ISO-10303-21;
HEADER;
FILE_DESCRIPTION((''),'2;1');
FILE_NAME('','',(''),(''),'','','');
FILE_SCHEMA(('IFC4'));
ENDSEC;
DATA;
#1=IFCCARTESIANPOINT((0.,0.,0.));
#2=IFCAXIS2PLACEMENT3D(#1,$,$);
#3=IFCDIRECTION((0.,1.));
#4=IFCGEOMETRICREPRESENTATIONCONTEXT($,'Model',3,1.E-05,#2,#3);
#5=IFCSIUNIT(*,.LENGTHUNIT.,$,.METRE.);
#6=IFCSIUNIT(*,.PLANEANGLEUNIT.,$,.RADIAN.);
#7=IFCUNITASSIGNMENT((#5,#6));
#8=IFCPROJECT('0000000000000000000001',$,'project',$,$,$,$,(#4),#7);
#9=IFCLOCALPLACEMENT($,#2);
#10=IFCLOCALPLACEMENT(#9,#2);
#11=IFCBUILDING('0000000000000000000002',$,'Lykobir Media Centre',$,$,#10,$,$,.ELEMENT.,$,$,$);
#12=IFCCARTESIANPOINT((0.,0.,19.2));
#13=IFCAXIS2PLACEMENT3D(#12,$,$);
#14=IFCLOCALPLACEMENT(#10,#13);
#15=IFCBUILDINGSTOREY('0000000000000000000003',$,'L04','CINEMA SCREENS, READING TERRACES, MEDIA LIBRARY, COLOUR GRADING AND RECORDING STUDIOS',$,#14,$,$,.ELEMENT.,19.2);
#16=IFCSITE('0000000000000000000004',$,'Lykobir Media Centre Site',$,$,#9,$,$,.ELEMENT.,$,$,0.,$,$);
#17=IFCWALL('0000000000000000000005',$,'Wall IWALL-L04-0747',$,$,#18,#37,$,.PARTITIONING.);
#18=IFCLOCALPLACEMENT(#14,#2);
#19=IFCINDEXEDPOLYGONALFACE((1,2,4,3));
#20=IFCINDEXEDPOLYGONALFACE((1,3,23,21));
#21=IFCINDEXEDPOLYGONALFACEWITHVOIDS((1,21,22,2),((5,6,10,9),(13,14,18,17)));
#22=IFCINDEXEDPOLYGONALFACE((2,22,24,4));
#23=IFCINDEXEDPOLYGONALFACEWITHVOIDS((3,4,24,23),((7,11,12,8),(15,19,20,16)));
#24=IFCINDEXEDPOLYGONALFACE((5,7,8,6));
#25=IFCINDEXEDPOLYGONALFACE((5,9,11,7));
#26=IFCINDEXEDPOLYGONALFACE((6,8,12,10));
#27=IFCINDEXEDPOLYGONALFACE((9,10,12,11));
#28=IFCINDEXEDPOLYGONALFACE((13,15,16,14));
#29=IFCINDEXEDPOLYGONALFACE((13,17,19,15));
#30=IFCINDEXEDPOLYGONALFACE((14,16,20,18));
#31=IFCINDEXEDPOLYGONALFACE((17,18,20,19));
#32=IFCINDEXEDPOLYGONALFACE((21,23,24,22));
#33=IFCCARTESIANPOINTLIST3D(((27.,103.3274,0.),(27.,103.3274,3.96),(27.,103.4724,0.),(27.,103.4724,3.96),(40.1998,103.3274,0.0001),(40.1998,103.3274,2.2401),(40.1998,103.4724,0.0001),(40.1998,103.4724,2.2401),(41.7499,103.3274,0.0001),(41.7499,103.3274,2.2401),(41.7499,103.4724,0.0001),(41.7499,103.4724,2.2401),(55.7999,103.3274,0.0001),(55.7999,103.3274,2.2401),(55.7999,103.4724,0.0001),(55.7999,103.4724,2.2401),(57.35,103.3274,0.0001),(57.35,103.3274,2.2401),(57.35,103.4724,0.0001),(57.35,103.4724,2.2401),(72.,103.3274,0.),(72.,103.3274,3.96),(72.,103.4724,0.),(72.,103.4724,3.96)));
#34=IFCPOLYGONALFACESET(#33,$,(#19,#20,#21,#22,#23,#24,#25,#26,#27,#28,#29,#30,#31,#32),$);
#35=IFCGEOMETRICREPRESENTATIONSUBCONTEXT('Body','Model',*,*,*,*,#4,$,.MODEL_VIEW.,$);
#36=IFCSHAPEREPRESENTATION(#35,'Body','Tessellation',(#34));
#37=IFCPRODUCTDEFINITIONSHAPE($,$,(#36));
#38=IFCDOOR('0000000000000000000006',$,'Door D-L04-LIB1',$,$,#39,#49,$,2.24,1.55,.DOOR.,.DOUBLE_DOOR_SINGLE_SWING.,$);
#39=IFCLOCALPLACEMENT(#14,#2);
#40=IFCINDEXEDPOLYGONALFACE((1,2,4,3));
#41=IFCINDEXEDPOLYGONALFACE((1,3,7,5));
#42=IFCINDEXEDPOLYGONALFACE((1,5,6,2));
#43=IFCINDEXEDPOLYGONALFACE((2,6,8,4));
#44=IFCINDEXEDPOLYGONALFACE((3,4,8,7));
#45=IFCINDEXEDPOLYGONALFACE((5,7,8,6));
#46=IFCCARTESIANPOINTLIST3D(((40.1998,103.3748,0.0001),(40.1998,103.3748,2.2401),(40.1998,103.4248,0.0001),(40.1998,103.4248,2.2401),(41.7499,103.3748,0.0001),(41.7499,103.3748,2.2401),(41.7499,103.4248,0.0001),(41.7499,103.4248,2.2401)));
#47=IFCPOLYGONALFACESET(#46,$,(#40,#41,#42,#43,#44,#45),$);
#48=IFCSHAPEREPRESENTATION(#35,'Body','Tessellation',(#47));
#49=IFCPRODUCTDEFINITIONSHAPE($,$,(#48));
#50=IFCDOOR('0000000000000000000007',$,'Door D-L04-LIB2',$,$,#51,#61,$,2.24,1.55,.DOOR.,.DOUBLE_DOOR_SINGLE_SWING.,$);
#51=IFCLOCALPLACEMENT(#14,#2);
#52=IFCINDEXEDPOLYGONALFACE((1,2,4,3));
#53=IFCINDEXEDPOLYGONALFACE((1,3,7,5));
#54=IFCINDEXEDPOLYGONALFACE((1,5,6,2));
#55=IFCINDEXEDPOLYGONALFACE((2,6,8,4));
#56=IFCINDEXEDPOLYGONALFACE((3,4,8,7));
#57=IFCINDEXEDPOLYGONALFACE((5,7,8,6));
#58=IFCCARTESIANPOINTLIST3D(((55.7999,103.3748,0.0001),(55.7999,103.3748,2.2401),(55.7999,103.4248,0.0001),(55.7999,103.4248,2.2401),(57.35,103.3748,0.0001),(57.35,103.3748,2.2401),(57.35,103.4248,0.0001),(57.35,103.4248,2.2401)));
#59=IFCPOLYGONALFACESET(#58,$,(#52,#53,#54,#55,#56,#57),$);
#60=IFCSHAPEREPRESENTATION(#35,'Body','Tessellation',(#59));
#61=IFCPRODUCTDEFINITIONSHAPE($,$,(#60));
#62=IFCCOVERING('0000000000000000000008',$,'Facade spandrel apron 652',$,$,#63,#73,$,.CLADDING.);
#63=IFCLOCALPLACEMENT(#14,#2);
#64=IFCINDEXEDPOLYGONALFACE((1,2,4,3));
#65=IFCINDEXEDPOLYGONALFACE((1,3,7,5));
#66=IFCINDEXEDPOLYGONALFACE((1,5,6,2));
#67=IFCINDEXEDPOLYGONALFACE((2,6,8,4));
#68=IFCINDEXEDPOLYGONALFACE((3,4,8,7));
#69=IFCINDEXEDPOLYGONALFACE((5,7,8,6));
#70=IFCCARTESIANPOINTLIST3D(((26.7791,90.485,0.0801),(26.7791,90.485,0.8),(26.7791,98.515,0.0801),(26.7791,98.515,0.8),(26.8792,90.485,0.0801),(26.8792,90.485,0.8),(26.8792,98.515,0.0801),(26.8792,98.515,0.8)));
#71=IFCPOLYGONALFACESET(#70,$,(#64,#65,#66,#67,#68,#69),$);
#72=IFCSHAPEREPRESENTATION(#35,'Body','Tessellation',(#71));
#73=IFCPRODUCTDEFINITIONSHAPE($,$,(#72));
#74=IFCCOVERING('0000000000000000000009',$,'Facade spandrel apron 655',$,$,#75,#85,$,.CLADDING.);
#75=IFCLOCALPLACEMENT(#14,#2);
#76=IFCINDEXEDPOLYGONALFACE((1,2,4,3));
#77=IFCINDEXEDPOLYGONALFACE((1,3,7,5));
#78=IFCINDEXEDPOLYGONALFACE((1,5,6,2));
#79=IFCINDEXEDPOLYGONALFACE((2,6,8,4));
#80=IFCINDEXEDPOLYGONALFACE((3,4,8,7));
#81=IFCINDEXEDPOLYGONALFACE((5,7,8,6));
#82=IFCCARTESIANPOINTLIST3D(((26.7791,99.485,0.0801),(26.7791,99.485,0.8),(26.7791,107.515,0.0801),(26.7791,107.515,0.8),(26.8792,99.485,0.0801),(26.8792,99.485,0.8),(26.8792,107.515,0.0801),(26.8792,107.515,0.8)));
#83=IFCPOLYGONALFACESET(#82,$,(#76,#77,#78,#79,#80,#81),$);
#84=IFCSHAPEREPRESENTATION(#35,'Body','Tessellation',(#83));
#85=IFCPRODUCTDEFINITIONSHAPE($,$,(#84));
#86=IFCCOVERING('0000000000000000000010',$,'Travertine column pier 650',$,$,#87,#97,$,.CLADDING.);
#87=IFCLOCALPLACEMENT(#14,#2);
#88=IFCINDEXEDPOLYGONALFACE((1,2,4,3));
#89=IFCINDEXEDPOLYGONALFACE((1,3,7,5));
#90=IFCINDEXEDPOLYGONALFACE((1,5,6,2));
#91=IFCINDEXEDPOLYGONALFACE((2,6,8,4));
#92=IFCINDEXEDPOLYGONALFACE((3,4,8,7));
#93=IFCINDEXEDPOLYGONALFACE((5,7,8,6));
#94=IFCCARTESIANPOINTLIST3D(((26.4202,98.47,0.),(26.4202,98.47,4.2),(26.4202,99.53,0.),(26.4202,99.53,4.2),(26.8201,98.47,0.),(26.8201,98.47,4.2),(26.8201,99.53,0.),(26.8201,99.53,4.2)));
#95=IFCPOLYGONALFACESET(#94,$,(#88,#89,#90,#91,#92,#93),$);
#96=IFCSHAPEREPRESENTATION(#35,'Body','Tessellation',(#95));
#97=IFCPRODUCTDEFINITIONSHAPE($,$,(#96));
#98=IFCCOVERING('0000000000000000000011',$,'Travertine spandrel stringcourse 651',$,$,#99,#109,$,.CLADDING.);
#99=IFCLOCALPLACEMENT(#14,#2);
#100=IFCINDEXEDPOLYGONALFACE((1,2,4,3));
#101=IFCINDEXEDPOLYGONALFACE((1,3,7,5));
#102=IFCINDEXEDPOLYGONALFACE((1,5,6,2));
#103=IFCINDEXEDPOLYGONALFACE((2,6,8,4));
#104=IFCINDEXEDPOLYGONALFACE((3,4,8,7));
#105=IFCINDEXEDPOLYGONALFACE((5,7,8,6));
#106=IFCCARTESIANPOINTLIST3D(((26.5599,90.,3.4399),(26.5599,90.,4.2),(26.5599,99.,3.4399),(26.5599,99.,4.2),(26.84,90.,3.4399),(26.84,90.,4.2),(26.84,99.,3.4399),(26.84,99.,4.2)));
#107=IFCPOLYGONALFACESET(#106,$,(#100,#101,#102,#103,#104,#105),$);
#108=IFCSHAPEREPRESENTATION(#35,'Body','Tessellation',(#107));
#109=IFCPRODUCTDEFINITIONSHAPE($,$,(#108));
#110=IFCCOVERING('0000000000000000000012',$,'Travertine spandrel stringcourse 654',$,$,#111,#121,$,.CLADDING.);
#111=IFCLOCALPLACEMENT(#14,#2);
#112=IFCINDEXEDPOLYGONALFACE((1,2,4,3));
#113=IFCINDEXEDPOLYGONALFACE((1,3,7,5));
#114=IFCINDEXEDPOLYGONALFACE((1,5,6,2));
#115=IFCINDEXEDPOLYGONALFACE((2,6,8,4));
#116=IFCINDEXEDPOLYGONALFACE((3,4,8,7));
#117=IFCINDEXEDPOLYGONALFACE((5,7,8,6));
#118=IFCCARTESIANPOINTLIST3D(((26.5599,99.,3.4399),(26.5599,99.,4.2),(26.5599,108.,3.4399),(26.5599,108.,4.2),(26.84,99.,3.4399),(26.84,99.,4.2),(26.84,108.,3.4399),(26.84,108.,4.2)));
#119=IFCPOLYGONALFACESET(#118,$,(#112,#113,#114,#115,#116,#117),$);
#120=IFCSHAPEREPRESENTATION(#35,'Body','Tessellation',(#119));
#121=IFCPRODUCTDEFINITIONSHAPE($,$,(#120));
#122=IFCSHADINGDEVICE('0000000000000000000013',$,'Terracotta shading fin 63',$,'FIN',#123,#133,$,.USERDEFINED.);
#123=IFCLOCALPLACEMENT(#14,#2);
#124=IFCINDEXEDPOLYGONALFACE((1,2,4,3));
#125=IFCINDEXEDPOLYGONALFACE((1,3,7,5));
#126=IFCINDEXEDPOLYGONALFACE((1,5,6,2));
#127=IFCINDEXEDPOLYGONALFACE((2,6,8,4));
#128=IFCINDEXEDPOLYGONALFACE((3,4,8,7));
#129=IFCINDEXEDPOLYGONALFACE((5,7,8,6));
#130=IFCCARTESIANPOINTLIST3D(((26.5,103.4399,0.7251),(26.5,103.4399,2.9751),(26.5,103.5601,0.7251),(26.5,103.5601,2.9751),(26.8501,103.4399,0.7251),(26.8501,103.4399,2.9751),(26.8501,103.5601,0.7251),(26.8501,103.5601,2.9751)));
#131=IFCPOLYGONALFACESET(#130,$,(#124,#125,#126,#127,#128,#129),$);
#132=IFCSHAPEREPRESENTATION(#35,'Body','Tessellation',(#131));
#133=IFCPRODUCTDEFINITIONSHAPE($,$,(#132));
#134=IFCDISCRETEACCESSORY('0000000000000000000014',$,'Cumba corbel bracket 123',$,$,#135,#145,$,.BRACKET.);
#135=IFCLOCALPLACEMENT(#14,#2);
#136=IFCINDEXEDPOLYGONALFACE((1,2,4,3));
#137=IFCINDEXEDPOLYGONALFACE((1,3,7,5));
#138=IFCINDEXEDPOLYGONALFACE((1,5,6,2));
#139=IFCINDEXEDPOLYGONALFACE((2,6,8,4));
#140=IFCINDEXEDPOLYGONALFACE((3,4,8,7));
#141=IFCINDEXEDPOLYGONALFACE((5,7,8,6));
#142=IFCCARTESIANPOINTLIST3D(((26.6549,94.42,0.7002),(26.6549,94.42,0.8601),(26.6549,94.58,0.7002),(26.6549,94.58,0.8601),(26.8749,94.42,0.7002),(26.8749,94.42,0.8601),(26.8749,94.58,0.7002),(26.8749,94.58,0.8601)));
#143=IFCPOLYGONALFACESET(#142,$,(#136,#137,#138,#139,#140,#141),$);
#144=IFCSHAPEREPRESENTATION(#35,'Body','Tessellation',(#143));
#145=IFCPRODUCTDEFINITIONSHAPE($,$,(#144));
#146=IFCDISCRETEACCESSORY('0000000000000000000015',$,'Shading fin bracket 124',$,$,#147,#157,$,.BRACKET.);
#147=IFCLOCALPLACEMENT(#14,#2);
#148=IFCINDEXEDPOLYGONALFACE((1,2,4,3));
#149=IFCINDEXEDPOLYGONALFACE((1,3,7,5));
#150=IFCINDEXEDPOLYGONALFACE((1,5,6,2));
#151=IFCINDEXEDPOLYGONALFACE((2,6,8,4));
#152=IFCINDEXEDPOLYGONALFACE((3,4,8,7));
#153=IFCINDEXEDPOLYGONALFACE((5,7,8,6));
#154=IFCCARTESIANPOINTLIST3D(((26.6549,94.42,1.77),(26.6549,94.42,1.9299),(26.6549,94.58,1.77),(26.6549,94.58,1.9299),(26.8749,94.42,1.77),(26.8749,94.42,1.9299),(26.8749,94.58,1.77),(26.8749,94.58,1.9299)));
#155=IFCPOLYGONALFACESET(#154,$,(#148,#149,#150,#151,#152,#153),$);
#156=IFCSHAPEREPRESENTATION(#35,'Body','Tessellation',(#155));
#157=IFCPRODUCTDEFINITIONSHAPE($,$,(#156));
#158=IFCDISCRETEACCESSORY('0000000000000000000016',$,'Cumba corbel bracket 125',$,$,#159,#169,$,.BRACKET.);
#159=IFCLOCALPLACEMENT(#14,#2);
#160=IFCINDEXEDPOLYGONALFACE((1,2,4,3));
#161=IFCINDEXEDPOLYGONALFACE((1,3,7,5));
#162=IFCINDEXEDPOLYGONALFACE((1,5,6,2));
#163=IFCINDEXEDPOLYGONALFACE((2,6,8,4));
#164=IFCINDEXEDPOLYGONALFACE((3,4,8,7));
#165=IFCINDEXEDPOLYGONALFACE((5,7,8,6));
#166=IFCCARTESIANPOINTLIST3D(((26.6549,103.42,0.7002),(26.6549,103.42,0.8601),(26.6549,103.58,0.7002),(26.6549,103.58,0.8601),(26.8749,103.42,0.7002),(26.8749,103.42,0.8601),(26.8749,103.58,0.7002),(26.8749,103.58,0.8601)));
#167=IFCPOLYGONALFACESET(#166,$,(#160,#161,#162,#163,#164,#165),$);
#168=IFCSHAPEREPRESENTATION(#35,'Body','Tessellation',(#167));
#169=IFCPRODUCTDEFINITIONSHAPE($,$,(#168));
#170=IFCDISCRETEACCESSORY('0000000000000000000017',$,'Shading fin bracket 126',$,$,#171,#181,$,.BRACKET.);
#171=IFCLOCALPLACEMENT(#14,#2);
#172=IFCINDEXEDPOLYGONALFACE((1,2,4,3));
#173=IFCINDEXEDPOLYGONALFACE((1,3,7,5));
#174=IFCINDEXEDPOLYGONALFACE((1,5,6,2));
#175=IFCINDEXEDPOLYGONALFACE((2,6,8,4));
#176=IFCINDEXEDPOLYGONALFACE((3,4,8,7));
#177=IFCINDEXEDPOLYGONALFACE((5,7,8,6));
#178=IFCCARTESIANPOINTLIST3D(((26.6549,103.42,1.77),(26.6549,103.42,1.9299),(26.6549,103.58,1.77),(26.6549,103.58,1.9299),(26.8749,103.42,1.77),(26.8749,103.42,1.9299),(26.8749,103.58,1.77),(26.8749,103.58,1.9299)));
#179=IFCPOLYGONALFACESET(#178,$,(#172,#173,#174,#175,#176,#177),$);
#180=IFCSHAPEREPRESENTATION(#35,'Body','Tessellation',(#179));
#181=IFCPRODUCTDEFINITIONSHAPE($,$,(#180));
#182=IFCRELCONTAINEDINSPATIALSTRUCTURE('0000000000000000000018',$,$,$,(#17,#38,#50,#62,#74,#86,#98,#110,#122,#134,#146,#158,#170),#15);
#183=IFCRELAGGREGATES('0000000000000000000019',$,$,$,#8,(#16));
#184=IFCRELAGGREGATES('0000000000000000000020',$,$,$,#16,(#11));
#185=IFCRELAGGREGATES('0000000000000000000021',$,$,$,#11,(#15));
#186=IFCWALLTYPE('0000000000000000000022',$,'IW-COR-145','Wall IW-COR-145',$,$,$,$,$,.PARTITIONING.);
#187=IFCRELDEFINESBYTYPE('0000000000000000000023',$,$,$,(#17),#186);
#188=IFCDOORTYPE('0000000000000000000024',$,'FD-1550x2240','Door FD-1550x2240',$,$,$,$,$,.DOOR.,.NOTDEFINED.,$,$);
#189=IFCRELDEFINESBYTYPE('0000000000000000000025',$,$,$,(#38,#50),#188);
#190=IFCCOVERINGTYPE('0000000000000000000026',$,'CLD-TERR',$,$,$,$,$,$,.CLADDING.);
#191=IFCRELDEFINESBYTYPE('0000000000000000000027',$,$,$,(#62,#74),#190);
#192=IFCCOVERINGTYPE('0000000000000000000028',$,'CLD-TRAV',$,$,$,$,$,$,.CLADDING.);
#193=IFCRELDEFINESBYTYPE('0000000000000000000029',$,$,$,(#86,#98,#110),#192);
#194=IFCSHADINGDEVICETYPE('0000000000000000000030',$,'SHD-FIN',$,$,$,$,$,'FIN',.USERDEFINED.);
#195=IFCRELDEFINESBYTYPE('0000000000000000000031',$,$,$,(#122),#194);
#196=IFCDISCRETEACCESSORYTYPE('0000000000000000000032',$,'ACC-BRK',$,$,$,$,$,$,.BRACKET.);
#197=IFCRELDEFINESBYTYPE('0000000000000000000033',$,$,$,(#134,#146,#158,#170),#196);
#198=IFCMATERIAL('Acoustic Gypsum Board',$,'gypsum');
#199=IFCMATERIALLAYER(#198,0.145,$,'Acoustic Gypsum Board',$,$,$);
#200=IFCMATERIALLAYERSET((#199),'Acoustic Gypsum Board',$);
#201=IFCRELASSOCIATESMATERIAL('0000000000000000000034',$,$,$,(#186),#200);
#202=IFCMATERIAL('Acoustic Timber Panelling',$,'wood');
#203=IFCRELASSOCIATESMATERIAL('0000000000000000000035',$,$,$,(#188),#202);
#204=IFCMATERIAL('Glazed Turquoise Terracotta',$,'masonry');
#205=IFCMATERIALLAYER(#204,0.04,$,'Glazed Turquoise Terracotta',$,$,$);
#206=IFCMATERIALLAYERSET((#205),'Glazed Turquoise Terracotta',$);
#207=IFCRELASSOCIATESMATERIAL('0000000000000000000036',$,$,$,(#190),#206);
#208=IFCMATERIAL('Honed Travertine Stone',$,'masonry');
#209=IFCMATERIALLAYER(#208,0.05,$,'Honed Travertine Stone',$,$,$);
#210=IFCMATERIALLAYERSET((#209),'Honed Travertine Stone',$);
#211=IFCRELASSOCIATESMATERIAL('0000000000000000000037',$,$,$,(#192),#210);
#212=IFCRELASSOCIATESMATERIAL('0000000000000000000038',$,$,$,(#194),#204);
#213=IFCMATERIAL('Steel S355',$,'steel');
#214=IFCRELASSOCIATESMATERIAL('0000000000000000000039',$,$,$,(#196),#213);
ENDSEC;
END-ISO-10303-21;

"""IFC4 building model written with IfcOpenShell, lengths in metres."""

from ifc_helpers import new_model, si_unit, direction, frame, frame_2d, origin, origin_2d, place, context, subcontext, project, spatial, rectangle, extrude, material, layer, layer_set, type_object, element, fill, save


model = new_model("IFC4")

# Units and contexts
model_context = context("Model", 3, precision=1e-05, world=origin(), true_north=direction((0.0, 1.0)))
body_context = subcontext(model_context, "Body", "Model", "MODEL_VIEW")
ifc_project = project(units=[si_unit("LENGTHUNIT", "METRE"), si_unit("PLANEANGLEUNIT", "RADIAN")], contexts=[model_context])

# Site, building, storey
site_placement = place(None, origin())
site = spatial("IfcSite", under=ifc_project, at=site_placement, Name="Lykobir Media Centre Site", CompositionType="ELEMENT", RefElevation=0.0)
building_placement = place(site_placement, origin())
building = spatial("IfcBuilding", under=site, at=building_placement, Name="Lykobir Media Centre", CompositionType="ELEMENT")
storey_placement = place(building_placement, frame((0.0, 0.0, 19.2)))
storey = spatial("IfcBuildingStorey", under=building, at=storey_placement, Name="L04", Description="CINEMA SCREENS, READING TERRACES, MEDIA LIBRARY, COLOUR GRADING AND RECORDING STUDIOS", CompositionType="ELEMENT", Elevation=19.2)

# Shared definitions
ifc_material_1 = material(Name="Steel S355", Category="steel")

# Shared definitions
ifc_material_2 = material(Name="Glazed Turquoise Terracotta", Category="masonry")

# Wall, openings, doors
ifc_material_3 = material(Name="Acoustic Gypsum Board", Category="gypsum")
ifc_layer_1 = layer(ifc_material_3, 0.145, Name="Acoustic Gypsum Board")
ifc_layer_set_1 = layer_set([ifc_layer_1], Name="Acoustic Gypsum Board")
wall_type_1 = type_object("IfcWallType", Name="IW-COR-145", Description="Wall IW-COR-145", PredefinedType="PARTITIONING", material=ifc_layer_set_1)
wall_1_placement = place(storey_placement, frame((27.0, 103.3999, 0.0), z_axis=(0.0, 0.0, 1.0), x_axis=(1.0, 0.0, 0.0)))
wall_1 = element("IfcWall", 1, at=wall_1_placement, inside=storey, type_object=wall_type_1, Name="Wall IWALL-L04-0747", PredefinedType="PARTITIONING", context=body_context, shape_type="SweptSolid", body=[
    extrude(rectangle(XDim=45.0, YDim=0.145, at=frame_2d((22.5, 0.0))), origin(), (0.0, 0.0, 1.0), 3.96),
])
opening_1_placement = place(wall_1_placement, frame((13.2, 0.0, 0.0)))
opening_1 = element("IfcOpeningElement", 2, at=opening_1_placement, cuts=wall_1, PredefinedType="OPENING", context=body_context, shape_type="SweptSolid", body=[
    extrude(rectangle(XDim=1.55, YDim=2.24, at=frame_2d((0.7749, 1.1201))), frame((0.0, 0.0825, 0.0), z_axis=(0.0, -1.0, 0.0), x_axis=(1.0, 0.0, 0.0)), (0.0, 0.0, 1.0), 0.165),
])
opening_2_placement = place(wall_1_placement, frame((28.8, 0.0, 0.0)))
opening_2 = element("IfcOpeningElement", 3, at=opening_2_placement, cuts=wall_1, PredefinedType="OPENING", context=body_context, shape_type="SweptSolid", body=[
    extrude(rectangle(XDim=1.55, YDim=2.24, at=frame_2d((0.7749, 1.1201))), frame((0.0, 0.0825, 0.0), z_axis=(0.0, -1.0, 0.0), x_axis=(1.0, 0.0, 0.0)), (0.0, 0.0, 1.0), 0.165),
])
ifc_material_4 = material(Name="Acoustic Timber Panelling", Category="wood")
door_type = type_object("IfcDoorType", Name="FD-1550x2240", Description="Door FD-1550x2240", OperationType="NOTDEFINED", PredefinedType="DOOR", material=ifc_material_4)
door_1_placement = place(opening_1_placement, origin())
door_1 = element("IfcDoor", 4, at=door_1_placement, inside=storey, type_object=door_type, Name="Door D-L04-LIB1", OperationType="DOUBLE_DOOR_SINGLE_SWING", OverallHeight=2.24, OverallWidth=1.55, PredefinedType="DOOR", context=body_context, shape_type="SweptSolid", body=[
    extrude(rectangle(XDim=1.55, YDim=2.24, at=frame_2d((0.7749, 1.1201))), frame((0.0, 0.0249, 0.0), z_axis=(0.0, -1.0, 0.0), x_axis=(1.0, 0.0, 0.0)), (0.0, 0.0, 1.0), 0.05),
])
fill(opening_1, door_1)
door_2_placement = place(opening_2_placement, origin())
door_2 = element("IfcDoor", 5, at=door_2_placement, inside=storey, type_object=door_type, Name="Door D-L04-LIB2", OperationType="DOUBLE_DOOR_SINGLE_SWING", OverallHeight=2.24, OverallWidth=1.55, PredefinedType="DOOR", context=body_context, shape_type="SweptSolid", body=[
    extrude(rectangle(XDim=1.55, YDim=2.24, at=frame_2d((0.7749, 1.1201))), frame((0.0, 0.0249, 0.0), z_axis=(0.0, -1.0, 0.0), x_axis=(1.0, 0.0, 0.0)), (0.0, 0.0, 1.0), 0.05),
])
fill(opening_2, door_2)

# Coverings
ifc_layer_2 = layer(ifc_material_2, 0.04, Name="Glazed Turquoise Terracotta")
ifc_layer_set_2 = layer_set([ifc_layer_2], Name="Glazed Turquoise Terracotta")
covering_type_1 = type_object("IfcCoveringType", Name="CLD-TERR", PredefinedType="CLADDING", material=ifc_layer_set_2)
for number, where, z_axis, x_axis, name in (
    (6, (26.8291, 94.5, 0.0801), (0.0, 0.0, 1.0), (0.0, -1.0, 0.0), "Facade spandrel apron 652"),
    (7, (26.8291, 103.5, 0.0801), (0.0, 0.0, 1.0), (0.0, -1.0, 0.0), "Facade spandrel apron 655"),
):
    element("IfcCovering", number, at=place(storey_placement, frame(where, z_axis=z_axis, x_axis=x_axis)), inside=storey, type_object=covering_type_1, Name=name, PredefinedType="CLADDING", context=body_context, shape_type="SweptSolid", body=[
        extrude(rectangle(XDim=8.03, YDim=0.1001, at=origin_2d()), origin(), (0.0, 0.0, 1.0), 0.72),
    ])
ifc_material_5 = material(Name="Honed Travertine Stone", Category="masonry")
ifc_layer_3 = layer(ifc_material_5, 0.05, Name="Honed Travertine Stone")
ifc_layer_set_3 = layer_set([ifc_layer_3], Name="Honed Travertine Stone")
covering_type_2 = type_object("IfcCoveringType", Name="CLD-TRAV", PredefinedType="CLADDING", material=ifc_layer_set_3)
covering_placement = place(storey_placement, frame((26.6201, 99.0, 0.0), z_axis=(0.0, 0.0, 1.0), x_axis=(0.0, -1.0, 0.0)))
element("IfcCovering", 8, at=covering_placement, inside=storey, type_object=covering_type_2, Name="Travertine column pier 650", PredefinedType="CLADDING", context=body_context, shape_type="SweptSolid", body=[
    extrude(rectangle(XDim=1.0601, YDim=0.3999, at=origin_2d()), origin(), (0.0, 0.0, 1.0), 4.2),
])
for number, where, z_axis, x_axis, name in (
    (9, (26.7, 94.5, 3.4399), (0.0, 0.0, 1.0), (0.0, -1.0, 0.0), "Travertine spandrel stringcourse 651"),
    (10, (26.7, 103.5, 3.4399), (0.0, 0.0, 1.0), (0.0, -1.0, 0.0), "Travertine spandrel stringcourse 654"),
):
    element("IfcCovering", number, at=place(storey_placement, frame(where, z_axis=z_axis, x_axis=x_axis)), inside=storey, type_object=covering_type_2, Name=name, PredefinedType="CLADDING", context=body_context, shape_type="SweptSolid", body=[
        extrude(rectangle(XDim=9.0, YDim=0.28, at=origin_2d()), origin(), (0.0, 0.0, 1.0), 0.76),
    ])

# Shading device
shading_device_type = type_object("IfcShadingDeviceType", Name="SHD-FIN", ElementType="FIN", PredefinedType="USERDEFINED", material=ifc_material_2)
shading_device_placement = place(storey_placement, frame((26.675, 103.5, 0.7251), z_axis=(0.0, 0.0, 1.0), x_axis=(0.0, -1.0, 0.0)))
element("IfcShadingDevice", 11, at=shading_device_placement, inside=storey, type_object=shading_device_type, Name="Terracotta shading fin 63", ObjectType="FIN", PredefinedType="USERDEFINED", context=body_context, shape_type="SweptSolid", body=[
    extrude(rectangle(XDim=0.1201, YDim=0.3501, at=origin_2d()), origin(), (0.0, 0.0, 1.0), 2.25),
])

# Discrete accessories
discrete_accessory_type = type_object("IfcDiscreteAccessoryType", Name="ACC-BRK", PredefinedType="BRACKET", material=ifc_material_1)
for number, where, z_axis, x_axis, name in (
    (12, (26.7649, 94.5, 0.7002), (0.0, 0.0, 1.0), (0.0, -1.0, 0.0), "Cumba corbel bracket 123"),
    (13, (26.7649, 94.5, 1.77), (0.0, 0.0, 1.0), (0.0, -1.0, 0.0), "Shading fin bracket 124"),
    (14, (26.7649, 103.5, 0.7002), (0.0, 0.0, 1.0), (0.0, -1.0, 0.0), "Cumba corbel bracket 125"),
    (15, (26.7649, 103.5, 1.77), (0.0, 0.0, 1.0), (0.0, -1.0, 0.0), "Shading fin bracket 126"),
):
    element("IfcDiscreteAccessory", number, at=place(storey_placement, frame(where, z_axis=z_axis, x_axis=x_axis)), inside=storey, type_object=discrete_accessory_type, Name=name, PredefinedType="BRACKET", context=body_context, shape_type="SweptSolid", body=[
        extrude(rectangle(XDim=0.1599, YDim=0.22, at=origin_2d()), origin(), (0.0, 0.0, 1.0), 0.1599),
    ])

save(model, "model.ifc")
